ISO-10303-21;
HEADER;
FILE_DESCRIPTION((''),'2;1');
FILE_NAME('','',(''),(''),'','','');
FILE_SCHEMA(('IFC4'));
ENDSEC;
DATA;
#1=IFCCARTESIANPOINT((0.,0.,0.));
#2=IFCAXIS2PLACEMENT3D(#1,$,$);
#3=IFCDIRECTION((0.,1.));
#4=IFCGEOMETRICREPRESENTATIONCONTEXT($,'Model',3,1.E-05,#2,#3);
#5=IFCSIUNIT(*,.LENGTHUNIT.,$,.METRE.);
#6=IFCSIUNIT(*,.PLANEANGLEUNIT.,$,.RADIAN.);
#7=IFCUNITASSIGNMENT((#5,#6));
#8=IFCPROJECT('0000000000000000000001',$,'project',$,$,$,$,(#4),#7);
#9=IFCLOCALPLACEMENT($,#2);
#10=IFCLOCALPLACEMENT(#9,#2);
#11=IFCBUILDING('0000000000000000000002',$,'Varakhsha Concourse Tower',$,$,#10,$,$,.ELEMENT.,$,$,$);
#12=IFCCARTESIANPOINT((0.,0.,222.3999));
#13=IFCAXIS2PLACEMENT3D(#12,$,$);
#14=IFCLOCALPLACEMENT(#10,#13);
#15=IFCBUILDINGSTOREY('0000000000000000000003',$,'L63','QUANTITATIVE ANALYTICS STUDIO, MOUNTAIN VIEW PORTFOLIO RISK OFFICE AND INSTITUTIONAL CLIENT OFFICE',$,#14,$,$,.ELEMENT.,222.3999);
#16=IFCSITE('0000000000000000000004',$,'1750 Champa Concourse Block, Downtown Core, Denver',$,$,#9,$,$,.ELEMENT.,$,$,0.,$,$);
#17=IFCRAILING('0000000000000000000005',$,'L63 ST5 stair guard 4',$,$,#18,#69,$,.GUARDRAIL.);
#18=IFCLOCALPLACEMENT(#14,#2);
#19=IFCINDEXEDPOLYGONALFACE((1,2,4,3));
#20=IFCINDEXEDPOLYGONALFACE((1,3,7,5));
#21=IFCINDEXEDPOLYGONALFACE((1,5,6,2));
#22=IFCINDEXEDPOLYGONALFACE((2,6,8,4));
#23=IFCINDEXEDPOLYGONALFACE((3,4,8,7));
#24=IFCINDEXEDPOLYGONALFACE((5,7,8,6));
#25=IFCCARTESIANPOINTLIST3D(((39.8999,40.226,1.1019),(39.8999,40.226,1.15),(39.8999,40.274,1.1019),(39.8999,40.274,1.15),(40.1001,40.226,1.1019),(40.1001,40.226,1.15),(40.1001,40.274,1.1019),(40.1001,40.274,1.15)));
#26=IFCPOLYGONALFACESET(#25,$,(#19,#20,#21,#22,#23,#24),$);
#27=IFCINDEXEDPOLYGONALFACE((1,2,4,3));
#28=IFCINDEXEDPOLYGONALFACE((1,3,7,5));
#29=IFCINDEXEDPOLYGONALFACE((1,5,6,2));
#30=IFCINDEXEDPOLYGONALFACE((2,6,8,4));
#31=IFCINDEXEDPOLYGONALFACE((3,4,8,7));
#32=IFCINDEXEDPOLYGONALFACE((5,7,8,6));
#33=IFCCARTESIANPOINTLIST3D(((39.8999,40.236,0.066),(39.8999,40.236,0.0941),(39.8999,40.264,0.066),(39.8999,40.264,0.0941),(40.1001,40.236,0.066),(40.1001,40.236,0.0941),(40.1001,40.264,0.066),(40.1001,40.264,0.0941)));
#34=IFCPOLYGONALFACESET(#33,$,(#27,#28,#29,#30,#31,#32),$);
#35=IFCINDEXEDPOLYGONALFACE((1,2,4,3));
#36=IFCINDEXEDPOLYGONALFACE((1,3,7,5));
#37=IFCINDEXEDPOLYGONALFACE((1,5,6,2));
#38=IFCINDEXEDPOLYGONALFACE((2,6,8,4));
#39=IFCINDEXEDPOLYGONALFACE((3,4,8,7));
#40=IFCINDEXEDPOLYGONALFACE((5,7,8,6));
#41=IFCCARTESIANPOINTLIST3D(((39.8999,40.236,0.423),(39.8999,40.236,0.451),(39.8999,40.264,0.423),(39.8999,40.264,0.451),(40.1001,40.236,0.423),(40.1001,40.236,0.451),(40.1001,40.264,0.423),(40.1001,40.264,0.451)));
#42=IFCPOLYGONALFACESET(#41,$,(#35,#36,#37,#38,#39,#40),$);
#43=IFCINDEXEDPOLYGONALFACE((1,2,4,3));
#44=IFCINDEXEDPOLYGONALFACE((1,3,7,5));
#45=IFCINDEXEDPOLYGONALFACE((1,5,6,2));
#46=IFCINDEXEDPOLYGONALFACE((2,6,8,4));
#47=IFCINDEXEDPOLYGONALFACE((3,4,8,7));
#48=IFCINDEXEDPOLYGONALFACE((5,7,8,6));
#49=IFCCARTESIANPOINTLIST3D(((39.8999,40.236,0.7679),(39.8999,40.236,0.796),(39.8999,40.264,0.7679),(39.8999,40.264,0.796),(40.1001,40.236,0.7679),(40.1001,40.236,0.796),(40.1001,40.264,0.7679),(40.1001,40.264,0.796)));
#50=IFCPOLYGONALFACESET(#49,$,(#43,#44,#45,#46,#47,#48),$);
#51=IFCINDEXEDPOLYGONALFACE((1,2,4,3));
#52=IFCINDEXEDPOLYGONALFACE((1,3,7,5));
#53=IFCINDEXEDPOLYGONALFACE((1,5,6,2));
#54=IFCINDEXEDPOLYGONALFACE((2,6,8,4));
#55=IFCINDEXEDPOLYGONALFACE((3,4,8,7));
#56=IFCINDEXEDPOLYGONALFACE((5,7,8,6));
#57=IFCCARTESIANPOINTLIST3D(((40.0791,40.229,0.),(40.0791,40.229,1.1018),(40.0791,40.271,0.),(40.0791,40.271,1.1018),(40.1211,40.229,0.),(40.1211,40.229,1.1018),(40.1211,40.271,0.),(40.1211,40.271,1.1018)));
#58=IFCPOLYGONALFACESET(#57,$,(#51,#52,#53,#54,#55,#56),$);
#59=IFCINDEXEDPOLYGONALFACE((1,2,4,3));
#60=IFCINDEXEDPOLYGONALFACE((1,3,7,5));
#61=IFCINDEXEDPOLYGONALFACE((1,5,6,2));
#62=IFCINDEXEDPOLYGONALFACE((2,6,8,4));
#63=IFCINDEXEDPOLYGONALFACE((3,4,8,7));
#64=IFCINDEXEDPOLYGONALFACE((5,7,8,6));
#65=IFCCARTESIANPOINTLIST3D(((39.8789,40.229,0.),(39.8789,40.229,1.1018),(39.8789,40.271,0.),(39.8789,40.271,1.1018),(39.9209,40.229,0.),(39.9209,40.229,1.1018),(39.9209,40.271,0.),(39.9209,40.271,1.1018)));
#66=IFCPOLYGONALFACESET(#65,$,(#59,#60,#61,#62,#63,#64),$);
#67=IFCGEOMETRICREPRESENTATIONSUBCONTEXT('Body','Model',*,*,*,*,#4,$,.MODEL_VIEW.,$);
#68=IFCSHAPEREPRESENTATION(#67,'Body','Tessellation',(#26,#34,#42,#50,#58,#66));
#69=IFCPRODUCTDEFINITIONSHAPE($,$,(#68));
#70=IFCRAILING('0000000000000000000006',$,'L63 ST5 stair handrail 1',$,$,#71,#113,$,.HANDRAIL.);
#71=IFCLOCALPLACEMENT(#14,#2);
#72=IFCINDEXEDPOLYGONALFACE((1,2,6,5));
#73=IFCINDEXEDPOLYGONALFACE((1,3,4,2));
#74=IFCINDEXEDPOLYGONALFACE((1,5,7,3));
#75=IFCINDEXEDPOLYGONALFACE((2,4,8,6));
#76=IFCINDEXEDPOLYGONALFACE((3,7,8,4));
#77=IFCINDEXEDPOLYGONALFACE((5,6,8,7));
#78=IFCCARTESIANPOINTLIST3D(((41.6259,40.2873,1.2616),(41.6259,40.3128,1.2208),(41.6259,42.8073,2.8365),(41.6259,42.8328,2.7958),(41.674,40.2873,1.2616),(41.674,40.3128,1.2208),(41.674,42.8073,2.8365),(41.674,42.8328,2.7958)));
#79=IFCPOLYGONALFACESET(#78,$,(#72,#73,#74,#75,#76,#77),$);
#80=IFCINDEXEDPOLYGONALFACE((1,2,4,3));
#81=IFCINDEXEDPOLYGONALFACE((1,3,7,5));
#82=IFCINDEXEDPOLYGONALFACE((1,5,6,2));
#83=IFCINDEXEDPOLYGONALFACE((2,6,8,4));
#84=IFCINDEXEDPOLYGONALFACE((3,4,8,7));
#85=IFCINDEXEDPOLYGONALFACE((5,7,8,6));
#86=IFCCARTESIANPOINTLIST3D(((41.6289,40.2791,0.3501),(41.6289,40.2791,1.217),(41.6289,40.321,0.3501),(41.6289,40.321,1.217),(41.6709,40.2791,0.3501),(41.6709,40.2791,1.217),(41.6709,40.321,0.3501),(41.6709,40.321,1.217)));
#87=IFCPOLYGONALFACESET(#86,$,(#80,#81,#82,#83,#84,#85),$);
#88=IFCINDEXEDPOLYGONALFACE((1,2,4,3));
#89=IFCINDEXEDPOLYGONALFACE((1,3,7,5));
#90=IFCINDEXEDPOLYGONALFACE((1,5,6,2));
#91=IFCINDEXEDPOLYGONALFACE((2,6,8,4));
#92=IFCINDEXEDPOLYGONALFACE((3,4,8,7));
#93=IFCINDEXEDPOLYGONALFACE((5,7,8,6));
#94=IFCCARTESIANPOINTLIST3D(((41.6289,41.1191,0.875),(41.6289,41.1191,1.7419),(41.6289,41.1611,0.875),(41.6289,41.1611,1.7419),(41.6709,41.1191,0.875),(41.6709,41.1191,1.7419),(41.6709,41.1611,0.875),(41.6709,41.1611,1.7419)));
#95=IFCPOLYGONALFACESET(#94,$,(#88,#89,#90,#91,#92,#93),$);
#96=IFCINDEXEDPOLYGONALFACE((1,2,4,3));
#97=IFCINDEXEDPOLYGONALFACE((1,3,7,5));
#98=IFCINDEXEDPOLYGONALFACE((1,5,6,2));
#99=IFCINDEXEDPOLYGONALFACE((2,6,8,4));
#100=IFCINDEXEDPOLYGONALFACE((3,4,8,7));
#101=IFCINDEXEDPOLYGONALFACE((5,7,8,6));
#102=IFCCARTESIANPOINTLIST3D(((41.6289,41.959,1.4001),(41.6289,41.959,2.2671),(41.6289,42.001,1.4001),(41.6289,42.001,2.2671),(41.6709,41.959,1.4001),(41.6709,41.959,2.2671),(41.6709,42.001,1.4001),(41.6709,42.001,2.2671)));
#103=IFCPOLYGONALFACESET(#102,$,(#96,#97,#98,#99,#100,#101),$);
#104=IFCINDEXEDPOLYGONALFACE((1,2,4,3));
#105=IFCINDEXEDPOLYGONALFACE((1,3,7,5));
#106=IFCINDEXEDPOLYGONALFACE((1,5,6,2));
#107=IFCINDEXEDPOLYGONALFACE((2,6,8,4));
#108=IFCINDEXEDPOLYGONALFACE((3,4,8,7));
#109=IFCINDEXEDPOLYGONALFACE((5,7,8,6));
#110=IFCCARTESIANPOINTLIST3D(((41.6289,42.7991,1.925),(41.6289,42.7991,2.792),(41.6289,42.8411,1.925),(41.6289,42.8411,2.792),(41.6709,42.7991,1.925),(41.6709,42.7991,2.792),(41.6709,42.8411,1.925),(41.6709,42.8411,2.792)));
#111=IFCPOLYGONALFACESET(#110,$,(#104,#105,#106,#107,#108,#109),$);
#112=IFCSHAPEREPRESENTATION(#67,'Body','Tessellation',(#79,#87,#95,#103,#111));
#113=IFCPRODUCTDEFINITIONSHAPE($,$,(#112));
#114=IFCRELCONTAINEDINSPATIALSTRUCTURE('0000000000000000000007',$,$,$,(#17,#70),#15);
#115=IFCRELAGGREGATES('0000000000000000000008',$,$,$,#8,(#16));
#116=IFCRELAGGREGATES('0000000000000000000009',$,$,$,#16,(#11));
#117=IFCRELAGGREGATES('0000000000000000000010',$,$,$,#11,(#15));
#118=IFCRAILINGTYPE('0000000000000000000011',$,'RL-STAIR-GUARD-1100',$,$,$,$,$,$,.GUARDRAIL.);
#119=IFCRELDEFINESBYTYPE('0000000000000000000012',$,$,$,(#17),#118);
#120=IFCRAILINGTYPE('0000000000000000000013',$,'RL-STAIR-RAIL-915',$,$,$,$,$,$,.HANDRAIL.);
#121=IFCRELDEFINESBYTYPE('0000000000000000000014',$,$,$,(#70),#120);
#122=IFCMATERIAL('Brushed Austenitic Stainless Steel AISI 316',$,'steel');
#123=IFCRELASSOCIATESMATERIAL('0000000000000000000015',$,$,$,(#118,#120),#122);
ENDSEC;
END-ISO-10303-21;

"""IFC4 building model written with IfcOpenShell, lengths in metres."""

from ifc_helpers import new_model, si_unit, direction, frame, origin, origin_2d, place, context, subcontext, project, spatial, rectangle, extrude, material, type_object, element, save


model = new_model("IFC4")

# Units and contexts
model_context = context("Model", 3, precision=1e-05, world=origin(), true_north=direction((0.0, 1.0)))
body_context = subcontext(model_context, "Body", "Model", "MODEL_VIEW")
ifc_project = project(units=[si_unit("LENGTHUNIT", "METRE"), si_unit("PLANEANGLEUNIT", "RADIAN")], contexts=[model_context])

# Site, building, storey
site_placement = place(None, origin())
site = spatial("IfcSite", under=ifc_project, at=site_placement, Name="1750 Champa Concourse Block, Downtown Core, Denver", CompositionType="ELEMENT", RefElevation=0.0)
building_placement = place(site_placement, origin())
building = spatial("IfcBuilding", under=site, at=building_placement, Name="Varakhsha Concourse Tower", CompositionType="ELEMENT")
storey_placement = place(building_placement, frame((0.0, 0.0, 222.3999)))
storey = spatial("IfcBuildingStorey", under=building, at=storey_placement, Name="L63", Description="QUANTITATIVE ANALYTICS STUDIO, MOUNTAIN VIEW PORTFOLIO RISK OFFICE AND INSTITUTIONAL CLIENT OFFICE", CompositionType="ELEMENT", Elevation=222.3999)

# Railings
ifc_material_1 = material(Name="Brushed Austenitic Stainless Steel AISI 316", Category="steel")
railing_type_1 = type_object("IfcRailingType", Name="RL-STAIR-GUARD-1100", PredefinedType="GUARDRAIL", material=ifc_material_1)
railing_1_placement = place(storey_placement, frame((40.1001, 40.25, 0.0)))
element("IfcRailing", 1, at=railing_1_placement, inside=storey, type_object=railing_type_1, Name="L63 ST5 stair guard 4", PredefinedType="GUARDRAIL", context=body_context, shape_type="SweptSolid", body=[
    extrude(rectangle(XDim=0.0481, YDim=0.0481, at=origin_2d()), frame((0.0, 0.0, 1.126), z_axis=(-1.0, 0.0, 0.0), x_axis=(0.0, -1.0, 0.0)), (0.0, 0.0, 1.0), 0.2002),
    extrude(rectangle(XDim=0.0281, YDim=0.0281, at=origin_2d()), frame((0.0, 0.0, 0.0801), z_axis=(-1.0, 0.0, 0.0), x_axis=(0.0, -1.0, 0.0)), (0.0, 0.0, 1.0), 0.2002),
    extrude(rectangle(XDim=0.0281, YDim=0.0281, at=origin_2d()), frame((0.0, 0.0, 0.437), z_axis=(-1.0, 0.0, 0.0), x_axis=(0.0, -1.0, 0.0)), (0.0, 0.0, 1.0), 0.2002),
    extrude(rectangle(XDim=0.0281, YDim=0.0281, at=origin_2d()), frame((0.0, 0.0, 0.782), z_axis=(-1.0, 0.0, 0.0), x_axis=(0.0, -1.0, 0.0)), (0.0, 0.0, 1.0), 0.2002),
    extrude(rectangle(XDim=0.042, YDim=0.042, at=origin_2d()), origin(), (0.0, 0.0, 1.0), 1.1018),
    extrude(rectangle(XDim=0.042, YDim=0.042, at=origin_2d()), frame((-0.2002, 0.0, 0.0)), (0.0, 0.0, 1.0), 1.1018),
])
railing_type_2 = type_object("IfcRailingType", Name="RL-STAIR-RAIL-915", PredefinedType="HANDRAIL", material=ifc_material_1)
railing_2_placement = place(storey_placement, frame((41.6499, 40.3, 0.3501)))
element("IfcRailing", 2, at=railing_2_placement, inside=storey, type_object=railing_type_2, Name="L63 ST5 stair handrail 1", PredefinedType="HANDRAIL", context=body_context, shape_type="SweptSolid", body=[
    extrude(rectangle(XDim=0.0481, YDim=0.0481, at=origin_2d()), frame((0.0, 0.0, 0.8911), z_axis=(0.0, 0.848008, 0.529984), x_axis=(-1.0, 0.0, 0.0)), (0.0, 0.0, 1.0), 2.9717),
    extrude(rectangle(XDim=0.042, YDim=0.042, at=origin_2d()), origin(), (0.0, 0.0, 1.0), 0.8669),
    extrude(rectangle(XDim=0.042, YDim=0.042, at=origin_2d()), frame((0.0, 0.8401, 0.5249)), (0.0, 0.0, 1.0), 0.8669),
    extrude(rectangle(XDim=0.042, YDim=0.042, at=origin_2d()), frame((0.0, 1.6799, 1.05)), (0.0, 0.0, 1.0), 0.8669),
    extrude(rectangle(XDim=0.042, YDim=0.042, at=origin_2d()), frame((0.0, 2.52, 1.575)), (0.0, 0.0, 1.0), 0.8669),
])

save(model, "model.ifc")
